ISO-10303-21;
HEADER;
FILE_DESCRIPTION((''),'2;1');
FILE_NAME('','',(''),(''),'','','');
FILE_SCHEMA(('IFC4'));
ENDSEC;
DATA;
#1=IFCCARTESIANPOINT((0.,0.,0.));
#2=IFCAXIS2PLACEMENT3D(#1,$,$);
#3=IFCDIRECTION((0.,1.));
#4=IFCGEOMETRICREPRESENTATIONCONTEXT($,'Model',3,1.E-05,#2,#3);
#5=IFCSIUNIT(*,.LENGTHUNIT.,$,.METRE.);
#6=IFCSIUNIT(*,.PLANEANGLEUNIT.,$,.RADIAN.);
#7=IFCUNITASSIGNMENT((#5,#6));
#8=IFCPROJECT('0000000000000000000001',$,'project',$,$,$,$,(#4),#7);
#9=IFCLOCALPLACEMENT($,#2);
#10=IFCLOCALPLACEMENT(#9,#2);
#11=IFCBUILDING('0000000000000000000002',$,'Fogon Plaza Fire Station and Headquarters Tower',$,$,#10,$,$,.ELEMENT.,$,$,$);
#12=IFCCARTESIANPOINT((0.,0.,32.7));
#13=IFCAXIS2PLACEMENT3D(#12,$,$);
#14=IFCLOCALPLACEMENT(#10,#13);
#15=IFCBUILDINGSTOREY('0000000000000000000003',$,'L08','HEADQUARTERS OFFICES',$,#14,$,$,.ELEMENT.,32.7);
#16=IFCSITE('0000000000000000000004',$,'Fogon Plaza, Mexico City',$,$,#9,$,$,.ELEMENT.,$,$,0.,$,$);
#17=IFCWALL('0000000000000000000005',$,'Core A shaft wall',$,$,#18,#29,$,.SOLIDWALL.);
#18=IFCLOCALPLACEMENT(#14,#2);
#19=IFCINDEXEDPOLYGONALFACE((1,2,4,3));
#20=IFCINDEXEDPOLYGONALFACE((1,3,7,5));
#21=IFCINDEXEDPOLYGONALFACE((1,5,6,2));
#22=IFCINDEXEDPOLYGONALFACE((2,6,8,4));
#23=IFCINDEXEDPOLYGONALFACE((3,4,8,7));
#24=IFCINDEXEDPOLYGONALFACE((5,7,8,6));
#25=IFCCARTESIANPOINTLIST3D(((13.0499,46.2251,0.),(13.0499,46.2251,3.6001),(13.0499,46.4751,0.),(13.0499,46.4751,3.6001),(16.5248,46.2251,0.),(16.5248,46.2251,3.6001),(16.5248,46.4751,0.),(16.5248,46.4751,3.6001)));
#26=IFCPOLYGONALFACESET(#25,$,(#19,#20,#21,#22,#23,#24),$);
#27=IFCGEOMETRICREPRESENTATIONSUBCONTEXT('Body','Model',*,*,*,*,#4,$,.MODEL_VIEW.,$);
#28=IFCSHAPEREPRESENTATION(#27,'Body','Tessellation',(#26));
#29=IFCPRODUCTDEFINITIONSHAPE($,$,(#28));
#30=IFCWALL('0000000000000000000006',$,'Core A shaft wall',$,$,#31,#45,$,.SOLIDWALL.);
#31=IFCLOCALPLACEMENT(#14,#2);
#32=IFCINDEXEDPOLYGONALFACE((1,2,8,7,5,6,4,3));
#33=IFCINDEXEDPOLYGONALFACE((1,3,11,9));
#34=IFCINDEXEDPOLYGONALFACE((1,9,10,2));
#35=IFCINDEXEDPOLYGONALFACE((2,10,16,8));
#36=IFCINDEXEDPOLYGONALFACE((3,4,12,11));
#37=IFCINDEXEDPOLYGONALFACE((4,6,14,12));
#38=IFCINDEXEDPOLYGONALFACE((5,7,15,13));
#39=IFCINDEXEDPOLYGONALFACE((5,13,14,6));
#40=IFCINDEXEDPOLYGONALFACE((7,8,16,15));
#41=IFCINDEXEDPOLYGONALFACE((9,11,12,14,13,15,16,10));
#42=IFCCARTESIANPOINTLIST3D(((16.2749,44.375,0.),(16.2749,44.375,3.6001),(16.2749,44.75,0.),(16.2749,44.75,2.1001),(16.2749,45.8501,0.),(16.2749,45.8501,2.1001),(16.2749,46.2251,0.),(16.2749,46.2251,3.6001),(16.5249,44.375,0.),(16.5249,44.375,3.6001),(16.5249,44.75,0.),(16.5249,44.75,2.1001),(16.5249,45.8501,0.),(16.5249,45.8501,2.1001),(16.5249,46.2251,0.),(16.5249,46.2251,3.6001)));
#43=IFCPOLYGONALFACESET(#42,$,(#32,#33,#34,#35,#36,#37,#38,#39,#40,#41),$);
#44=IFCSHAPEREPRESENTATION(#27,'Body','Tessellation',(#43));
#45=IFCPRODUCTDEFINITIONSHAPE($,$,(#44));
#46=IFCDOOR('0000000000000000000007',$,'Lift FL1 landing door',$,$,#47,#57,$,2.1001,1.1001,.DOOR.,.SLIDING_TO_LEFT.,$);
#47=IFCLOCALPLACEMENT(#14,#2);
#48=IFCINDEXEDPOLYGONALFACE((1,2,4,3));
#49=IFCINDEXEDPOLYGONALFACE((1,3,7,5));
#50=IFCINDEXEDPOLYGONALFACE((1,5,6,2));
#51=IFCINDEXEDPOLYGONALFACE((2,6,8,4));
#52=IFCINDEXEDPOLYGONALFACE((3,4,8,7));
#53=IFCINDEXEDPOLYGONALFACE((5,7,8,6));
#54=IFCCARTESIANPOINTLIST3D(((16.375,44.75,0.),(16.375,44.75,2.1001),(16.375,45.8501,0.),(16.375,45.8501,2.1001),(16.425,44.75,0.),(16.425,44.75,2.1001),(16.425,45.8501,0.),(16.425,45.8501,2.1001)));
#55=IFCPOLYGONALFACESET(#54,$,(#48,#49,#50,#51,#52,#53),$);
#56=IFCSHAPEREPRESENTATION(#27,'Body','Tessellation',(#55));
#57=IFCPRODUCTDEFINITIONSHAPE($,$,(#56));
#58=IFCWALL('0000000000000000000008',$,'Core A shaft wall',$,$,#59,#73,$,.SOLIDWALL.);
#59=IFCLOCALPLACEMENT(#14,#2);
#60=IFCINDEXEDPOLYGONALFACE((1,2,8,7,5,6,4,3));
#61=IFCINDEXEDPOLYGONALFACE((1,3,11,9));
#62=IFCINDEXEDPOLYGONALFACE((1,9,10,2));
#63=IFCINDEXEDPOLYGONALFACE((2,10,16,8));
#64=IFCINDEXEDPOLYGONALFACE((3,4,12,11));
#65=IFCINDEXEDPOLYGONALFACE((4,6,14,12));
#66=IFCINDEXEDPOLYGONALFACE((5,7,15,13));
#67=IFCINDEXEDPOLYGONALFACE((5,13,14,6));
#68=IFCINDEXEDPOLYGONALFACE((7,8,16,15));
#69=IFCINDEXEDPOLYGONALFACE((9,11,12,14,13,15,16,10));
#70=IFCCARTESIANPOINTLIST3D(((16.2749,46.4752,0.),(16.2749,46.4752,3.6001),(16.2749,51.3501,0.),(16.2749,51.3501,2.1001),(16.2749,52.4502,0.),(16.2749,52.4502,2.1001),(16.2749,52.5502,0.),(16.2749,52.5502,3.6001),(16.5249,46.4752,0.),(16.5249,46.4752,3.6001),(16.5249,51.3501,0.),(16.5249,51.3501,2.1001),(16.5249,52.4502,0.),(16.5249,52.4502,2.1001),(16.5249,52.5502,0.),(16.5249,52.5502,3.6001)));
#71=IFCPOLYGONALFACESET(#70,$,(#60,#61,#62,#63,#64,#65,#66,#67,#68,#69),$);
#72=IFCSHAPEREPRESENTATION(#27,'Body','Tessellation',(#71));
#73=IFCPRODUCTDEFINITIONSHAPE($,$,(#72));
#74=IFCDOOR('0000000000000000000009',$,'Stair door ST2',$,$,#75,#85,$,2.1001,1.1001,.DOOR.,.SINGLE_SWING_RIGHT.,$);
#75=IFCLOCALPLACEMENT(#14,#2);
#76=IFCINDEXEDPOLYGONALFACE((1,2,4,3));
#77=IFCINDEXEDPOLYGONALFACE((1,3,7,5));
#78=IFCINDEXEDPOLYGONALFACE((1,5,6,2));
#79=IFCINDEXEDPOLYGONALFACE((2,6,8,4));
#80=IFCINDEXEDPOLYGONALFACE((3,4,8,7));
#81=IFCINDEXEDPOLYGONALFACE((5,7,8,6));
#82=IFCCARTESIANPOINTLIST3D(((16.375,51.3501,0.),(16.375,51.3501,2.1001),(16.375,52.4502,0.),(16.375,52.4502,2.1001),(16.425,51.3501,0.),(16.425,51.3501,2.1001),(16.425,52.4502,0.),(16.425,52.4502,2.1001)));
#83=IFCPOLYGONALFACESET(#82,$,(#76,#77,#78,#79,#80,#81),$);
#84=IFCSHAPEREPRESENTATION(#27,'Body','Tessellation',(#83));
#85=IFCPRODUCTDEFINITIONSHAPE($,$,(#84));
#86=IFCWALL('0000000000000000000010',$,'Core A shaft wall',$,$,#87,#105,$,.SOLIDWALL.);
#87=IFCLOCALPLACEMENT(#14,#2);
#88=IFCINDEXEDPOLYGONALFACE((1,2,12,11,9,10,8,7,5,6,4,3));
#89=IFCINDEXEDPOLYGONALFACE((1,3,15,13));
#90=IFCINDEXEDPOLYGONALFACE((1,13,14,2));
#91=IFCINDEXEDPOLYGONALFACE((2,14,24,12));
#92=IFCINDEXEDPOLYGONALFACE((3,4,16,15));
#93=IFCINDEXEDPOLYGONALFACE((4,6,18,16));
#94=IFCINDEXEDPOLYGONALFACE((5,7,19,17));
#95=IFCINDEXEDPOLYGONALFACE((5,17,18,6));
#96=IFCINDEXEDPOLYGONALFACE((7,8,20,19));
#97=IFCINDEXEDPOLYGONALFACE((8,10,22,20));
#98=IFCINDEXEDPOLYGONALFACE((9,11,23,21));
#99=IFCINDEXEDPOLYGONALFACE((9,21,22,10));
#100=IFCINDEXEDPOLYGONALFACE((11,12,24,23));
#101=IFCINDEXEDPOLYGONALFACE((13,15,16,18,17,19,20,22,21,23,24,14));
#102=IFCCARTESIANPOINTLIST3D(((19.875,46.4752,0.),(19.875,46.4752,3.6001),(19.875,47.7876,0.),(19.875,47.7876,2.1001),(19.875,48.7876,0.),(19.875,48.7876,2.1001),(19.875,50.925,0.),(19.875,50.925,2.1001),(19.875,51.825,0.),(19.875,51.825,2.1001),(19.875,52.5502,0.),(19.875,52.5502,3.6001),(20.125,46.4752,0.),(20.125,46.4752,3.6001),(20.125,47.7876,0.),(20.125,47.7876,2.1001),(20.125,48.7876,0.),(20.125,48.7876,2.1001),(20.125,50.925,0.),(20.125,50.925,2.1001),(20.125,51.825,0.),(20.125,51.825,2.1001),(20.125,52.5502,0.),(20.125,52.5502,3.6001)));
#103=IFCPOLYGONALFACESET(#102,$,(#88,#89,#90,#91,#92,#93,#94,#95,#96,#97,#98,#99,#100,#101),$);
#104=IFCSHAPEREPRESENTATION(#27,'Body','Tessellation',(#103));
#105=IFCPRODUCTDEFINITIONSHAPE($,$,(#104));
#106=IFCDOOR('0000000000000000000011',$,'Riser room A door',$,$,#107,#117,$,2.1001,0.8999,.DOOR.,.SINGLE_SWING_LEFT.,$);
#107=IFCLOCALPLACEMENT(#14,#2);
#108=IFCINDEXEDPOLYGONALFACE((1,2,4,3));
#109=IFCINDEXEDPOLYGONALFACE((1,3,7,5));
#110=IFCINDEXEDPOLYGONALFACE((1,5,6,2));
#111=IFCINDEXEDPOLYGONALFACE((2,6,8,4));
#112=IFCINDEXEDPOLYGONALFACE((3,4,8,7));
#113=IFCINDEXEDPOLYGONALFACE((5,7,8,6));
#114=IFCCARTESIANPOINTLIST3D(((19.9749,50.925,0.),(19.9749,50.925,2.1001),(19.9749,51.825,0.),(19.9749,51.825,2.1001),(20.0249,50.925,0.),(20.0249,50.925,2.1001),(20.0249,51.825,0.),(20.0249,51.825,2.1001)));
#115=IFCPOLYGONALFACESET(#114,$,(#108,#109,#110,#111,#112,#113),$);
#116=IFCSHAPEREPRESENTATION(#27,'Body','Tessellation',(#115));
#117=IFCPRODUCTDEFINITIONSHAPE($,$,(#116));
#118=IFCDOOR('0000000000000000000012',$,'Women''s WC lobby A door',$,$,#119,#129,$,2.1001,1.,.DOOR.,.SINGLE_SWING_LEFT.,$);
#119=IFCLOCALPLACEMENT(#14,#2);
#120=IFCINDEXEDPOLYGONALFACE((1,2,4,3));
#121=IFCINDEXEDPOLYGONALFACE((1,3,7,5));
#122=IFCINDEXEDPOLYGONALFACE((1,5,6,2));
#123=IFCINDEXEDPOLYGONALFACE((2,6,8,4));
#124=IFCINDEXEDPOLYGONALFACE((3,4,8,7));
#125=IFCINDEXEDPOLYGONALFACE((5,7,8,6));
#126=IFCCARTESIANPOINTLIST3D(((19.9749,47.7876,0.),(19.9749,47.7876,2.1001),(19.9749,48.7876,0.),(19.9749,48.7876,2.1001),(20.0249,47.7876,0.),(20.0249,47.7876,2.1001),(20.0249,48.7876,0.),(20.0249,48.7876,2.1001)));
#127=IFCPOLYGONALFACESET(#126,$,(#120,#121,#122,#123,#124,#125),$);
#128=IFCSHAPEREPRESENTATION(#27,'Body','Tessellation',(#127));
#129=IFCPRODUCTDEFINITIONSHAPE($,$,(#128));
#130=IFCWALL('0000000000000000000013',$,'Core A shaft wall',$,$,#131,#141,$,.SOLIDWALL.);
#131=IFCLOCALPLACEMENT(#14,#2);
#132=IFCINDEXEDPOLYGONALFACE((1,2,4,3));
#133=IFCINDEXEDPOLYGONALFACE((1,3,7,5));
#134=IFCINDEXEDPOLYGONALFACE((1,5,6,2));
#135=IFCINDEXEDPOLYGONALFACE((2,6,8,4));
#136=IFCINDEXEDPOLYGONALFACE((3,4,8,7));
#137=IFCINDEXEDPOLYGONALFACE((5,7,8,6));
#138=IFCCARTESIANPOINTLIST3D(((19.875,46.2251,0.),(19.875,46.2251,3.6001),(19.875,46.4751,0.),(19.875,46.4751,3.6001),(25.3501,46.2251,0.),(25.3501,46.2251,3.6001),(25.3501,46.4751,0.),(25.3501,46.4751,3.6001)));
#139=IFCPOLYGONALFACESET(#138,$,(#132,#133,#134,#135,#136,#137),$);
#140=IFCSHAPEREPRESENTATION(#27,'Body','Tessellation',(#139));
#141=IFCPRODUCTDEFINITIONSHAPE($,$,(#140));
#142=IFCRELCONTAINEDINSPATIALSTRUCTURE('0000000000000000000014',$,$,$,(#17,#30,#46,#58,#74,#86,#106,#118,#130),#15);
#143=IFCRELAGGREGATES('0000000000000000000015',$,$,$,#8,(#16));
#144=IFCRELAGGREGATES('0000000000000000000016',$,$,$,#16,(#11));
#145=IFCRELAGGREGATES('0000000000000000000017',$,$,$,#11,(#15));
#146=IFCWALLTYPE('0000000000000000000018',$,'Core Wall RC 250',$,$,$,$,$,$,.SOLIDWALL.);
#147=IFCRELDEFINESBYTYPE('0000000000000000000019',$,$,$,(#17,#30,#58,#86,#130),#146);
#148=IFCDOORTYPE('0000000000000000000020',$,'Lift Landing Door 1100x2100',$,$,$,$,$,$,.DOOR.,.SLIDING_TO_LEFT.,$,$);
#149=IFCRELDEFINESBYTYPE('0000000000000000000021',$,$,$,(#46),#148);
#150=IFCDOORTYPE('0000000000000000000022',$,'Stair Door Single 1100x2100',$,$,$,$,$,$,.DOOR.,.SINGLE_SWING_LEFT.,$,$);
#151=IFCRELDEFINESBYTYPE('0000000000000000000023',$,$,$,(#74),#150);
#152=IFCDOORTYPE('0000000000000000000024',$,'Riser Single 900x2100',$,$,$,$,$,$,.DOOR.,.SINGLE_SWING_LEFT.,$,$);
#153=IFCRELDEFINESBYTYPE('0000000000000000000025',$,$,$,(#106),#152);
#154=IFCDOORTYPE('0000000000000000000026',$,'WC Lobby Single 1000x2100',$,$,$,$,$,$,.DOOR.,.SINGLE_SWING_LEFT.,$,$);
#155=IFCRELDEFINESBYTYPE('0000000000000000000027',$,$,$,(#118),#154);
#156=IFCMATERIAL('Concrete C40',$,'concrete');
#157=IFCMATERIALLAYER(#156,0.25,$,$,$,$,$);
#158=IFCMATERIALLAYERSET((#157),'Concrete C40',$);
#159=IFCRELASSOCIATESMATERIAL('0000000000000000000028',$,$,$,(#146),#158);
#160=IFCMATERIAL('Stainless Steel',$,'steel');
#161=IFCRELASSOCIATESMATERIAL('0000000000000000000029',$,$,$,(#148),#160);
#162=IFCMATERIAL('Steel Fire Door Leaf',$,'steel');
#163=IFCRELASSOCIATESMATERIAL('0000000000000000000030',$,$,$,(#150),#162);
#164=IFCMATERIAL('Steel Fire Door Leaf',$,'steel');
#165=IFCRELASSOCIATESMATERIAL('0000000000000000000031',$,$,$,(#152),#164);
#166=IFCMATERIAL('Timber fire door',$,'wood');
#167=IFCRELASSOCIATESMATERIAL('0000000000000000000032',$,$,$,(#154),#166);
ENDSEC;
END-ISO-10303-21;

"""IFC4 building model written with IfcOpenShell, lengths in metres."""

from ifc_helpers import new_model, si_unit, direction, frame, frame_2d, origin, place, context, subcontext, project, spatial, rectangle, extrude, material, layer, layer_set, type_object, element, fill, save


model = new_model("IFC4")

# Units and contexts
model_context = context("Model", 3, precision=1e-05, world=origin(), true_north=direction((0.0, 1.0)))
body_context = subcontext(model_context, "Body", "Model", "MODEL_VIEW")
ifc_project = project(units=[si_unit("LENGTHUNIT", "METRE"), si_unit("PLANEANGLEUNIT", "RADIAN")], contexts=[model_context])

# Site, building, storey
site_placement = place(None, origin())
site = spatial("IfcSite", under=ifc_project, at=site_placement, Name="Fogon Plaza, Mexico City", CompositionType="ELEMENT", RefElevation=0.0)
building_placement = place(site_placement, origin())
building = spatial("IfcBuilding", under=site, at=building_placement, Name="Fogon Plaza Fire Station and Headquarters Tower", CompositionType="ELEMENT")
storey_placement = place(building_placement, frame((0.0, 0.0, 32.7)))
storey = spatial("IfcBuildingStorey", under=building, at=storey_placement, Name="L08", Description="HEADQUARTERS OFFICES", CompositionType="ELEMENT", Elevation=32.7)

# Wall
ifc_material_1 = material(Name="Concrete C40", Category="concrete")
ifc_layer_1 = layer(ifc_material_1, 0.25)
ifc_layer_set_1 = layer_set([ifc_layer_1], Name="Concrete C40")
wall_type_1 = type_object("IfcWallType", Name="Core Wall RC 250", PredefinedType="SOLIDWALL", material=ifc_layer_set_1)
wall_1_placement = place(storey_placement, frame((13.05, 46.3501, 0.0), z_axis=(0.0, 0.0, 1.0), x_axis=(1.0, 0.0, 0.0)))
element("IfcWall", 1, at=wall_1_placement, inside=storey, type_object=wall_type_1, Name="Core A shaft wall", PredefinedType="SOLIDWALL", context=body_context, shape_type="SweptSolid", body=[
    extrude(rectangle(XDim=3.4749, YDim=0.25, at=frame_2d((1.7373, 0.0))), origin(), (0.0, 0.0, 1.0), 3.6001),
])

# Walls, openings, doors
wall_2_placement = place(storey_placement, frame((16.3999, 44.375, 0.0), z_axis=(0.0, 0.0, 1.0), x_axis=(0.0, 1.0, 0.0)))
wall_2 = element("IfcWall", 2, at=wall_2_placement, inside=storey, type_object=wall_type_1, Name="Core A shaft wall", PredefinedType="SOLIDWALL", context=body_context, shape_type="SweptSolid", body=[
    extrude(rectangle(XDim=1.8501, YDim=0.25, at=frame_2d((0.925, 0.0))), origin(), (0.0, 0.0, 1.0), 3.6001),
])
opening_1_placement = place(wall_2_placement, frame((0.375, 0.0, 0.0)))
opening_1 = element("IfcOpeningElement", 3, at=opening_1_placement, cuts=wall_2, PredefinedType="OPENING", context=body_context, shape_type="SweptSolid", body=[
    extrude(rectangle(XDim=1.1001, YDim=2.1001, at=frame_2d((0.55, 1.05))), frame((0.0, 0.135, 0.0), z_axis=(0.0, -1.0, 0.0), x_axis=(1.0, 0.0, 0.0)), (0.0, 0.0, 1.0), 0.27),
])
ifc_material_2 = material(Name="Stainless Steel", Category="steel")
door_type_1 = type_object("IfcDoorType", Name="Lift Landing Door 1100x2100", OperationType="SLIDING_TO_LEFT", PredefinedType="DOOR", material=ifc_material_2)
door_1_placement = place(opening_1_placement, origin())
door_1 = element("IfcDoor", 4, at=door_1_placement, inside=storey, type_object=door_type_1, Name="Lift FL1 landing door", OperationType="SLIDING_TO_LEFT", OverallHeight=2.1001, OverallWidth=1.1001, PredefinedType="DOOR", context=body_context, shape_type="SweptSolid", body=[
    extrude(rectangle(XDim=1.1001, YDim=2.1001, at=frame_2d((0.55, 1.05))), frame((0.0, 0.0249, 0.0), z_axis=(0.0, -1.0, 0.0), x_axis=(1.0, 0.0, 0.0)), (0.0, 0.0, 1.0), 0.05),
])
fill(opening_1, door_1)
wall_3_placement = place(storey_placement, frame((16.3999, 46.4751, 0.0), z_axis=(0.0, 0.0, 1.0), x_axis=(0.0, 1.0, 0.0)))
wall_3 = element("IfcWall", 5, at=wall_3_placement, inside=storey, type_object=wall_type_1, Name="Core A shaft wall", PredefinedType="SOLIDWALL", context=body_context, shape_type="SweptSolid", body=[
    extrude(rectangle(XDim=6.075, YDim=0.25, at=frame_2d((3.0376, 0.0))), origin(), (0.0, 0.0, 1.0), 3.6001),
])
opening_2_placement = place(wall_3_placement, frame((4.875, 0.0, 0.0)))
opening_2 = element("IfcOpeningElement", 6, at=opening_2_placement, cuts=wall_3, PredefinedType="OPENING", context=body_context, shape_type="SweptSolid", body=[
    extrude(rectangle(XDim=1.1001, YDim=2.1001, at=frame_2d((0.55, 1.05))), frame((0.0, 0.135, 0.0), z_axis=(0.0, -1.0, 0.0), x_axis=(1.0, 0.0, 0.0)), (0.0, 0.0, 1.0), 0.27),
])
ifc_material_3 = material(Name="Steel Fire Door Leaf", Category="steel")
door_type_2 = type_object("IfcDoorType", Name="Stair Door Single 1100x2100", OperationType="SINGLE_SWING_LEFT", PredefinedType="DOOR", material=ifc_material_3)
door_2_placement = place(opening_2_placement, origin())
door_2 = element("IfcDoor", 7, at=door_2_placement, inside=storey, type_object=door_type_2, Name="Stair door ST2", OperationType="SINGLE_SWING_RIGHT", OverallHeight=2.1001, OverallWidth=1.1001, PredefinedType="DOOR", context=body_context, shape_type="SweptSolid", body=[
    extrude(rectangle(XDim=1.1001, YDim=2.1001, at=frame_2d((0.55, 1.05))), frame((0.0, 0.0249, 0.0), z_axis=(0.0, -1.0, 0.0), x_axis=(1.0, 0.0, 0.0)), (0.0, 0.0, 1.0), 0.05),
])
fill(opening_2, door_2)

# Wall, openings, doors
wall_4_placement = place(storey_placement, frame((20.0, 46.4751, 0.0), z_axis=(0.0, 0.0, 1.0), x_axis=(0.0, 1.0, 0.0)))
wall_4 = element("IfcWall", 8, at=wall_4_placement, inside=storey, type_object=wall_type_1, Name="Core A shaft wall", PredefinedType="SOLIDWALL", context=body_context, shape_type="SweptSolid", body=[
    extrude(rectangle(XDim=6.075, YDim=0.25, at=frame_2d((3.0376, 0.0))), origin(), (0.0, 0.0, 1.0), 3.6001),
])
opening_3_placement = place(wall_4_placement, frame((1.3125, 0.0, 0.0)))
opening_3 = element("IfcOpeningElement", 9, at=opening_3_placement, cuts=wall_4, PredefinedType="OPENING", context=body_context, shape_type="SweptSolid", body=[
    extrude(rectangle(XDim=1.0, YDim=2.1001, at=frame_2d((0.5, 1.05))), frame((0.0, 0.135, 0.0), z_axis=(0.0, -1.0, 0.0), x_axis=(1.0, 0.0, 0.0)), (0.0, 0.0, 1.0), 0.27),
])
opening_4_placement = place(wall_4_placement, frame((4.45, 0.0, 0.0)))
opening_4 = element("IfcOpeningElement", 10, at=opening_4_placement, cuts=wall_4, PredefinedType="OPENING", context=body_context, shape_type="SweptSolid", body=[
    extrude(rectangle(XDim=0.8999, YDim=2.1001, at=frame_2d((0.45, 1.05))), frame((0.0, 0.135, 0.0), z_axis=(0.0, -1.0, 0.0), x_axis=(1.0, 0.0, 0.0)), (0.0, 0.0, 1.0), 0.27),
])
ifc_material_4 = material(Name="Steel Fire Door Leaf", Category="steel")
door_type_3 = type_object("IfcDoorType", Name="Riser Single 900x2100", OperationType="SINGLE_SWING_LEFT", PredefinedType="DOOR", material=ifc_material_4)
door_3_placement = place(opening_4_placement, frame((0.8999, 0.0, 0.0), z_axis=(0.0, 0.0, 1.0), x_axis=(-1.0, 0.0, 0.0)))
door_3 = element("IfcDoor", 11, at=door_3_placement, inside=storey, type_object=door_type_3, Name="Riser room A door", OperationType="SINGLE_SWING_LEFT", OverallHeight=2.1001, OverallWidth=0.8999, PredefinedType="DOOR", context=body_context, shape_type="SweptSolid", body=[
    extrude(rectangle(XDim=0.8999, YDim=2.1001, at=frame_2d((0.45, 1.05))), frame((0.0, 0.0249, 0.0), z_axis=(0.0, -1.0, 0.0), x_axis=(1.0, 0.0, 0.0)), (0.0, 0.0, 1.0), 0.05),
])
fill(opening_4, door_3)
ifc_material_5 = material(Name="Timber fire door", Category="wood")
door_type_4 = type_object("IfcDoorType", Name="WC Lobby Single 1000x2100", OperationType="SINGLE_SWING_LEFT", PredefinedType="DOOR", material=ifc_material_5)
door_4_placement = place(opening_3_placement, frame((1.0, 0.0, 0.0), z_axis=(0.0, 0.0, 1.0), x_axis=(-1.0, 0.0, 0.0)))
door_4 = element("IfcDoor", 12, at=door_4_placement, inside=storey, type_object=door_type_4, Name="Women's WC lobby A door", OperationType="SINGLE_SWING_LEFT", OverallHeight=2.1001, OverallWidth=1.0, PredefinedType="DOOR", context=body_context, shape_type="SweptSolid", body=[
    extrude(rectangle(XDim=1.0, YDim=2.1001, at=frame_2d((0.5, 1.05))), frame((0.0, 0.0249, 0.0), z_axis=(0.0, -1.0, 0.0), x_axis=(1.0, 0.0, 0.0)), (0.0, 0.0, 1.0), 0.05),
])
fill(opening_3, door_4)

# Wall
wall_5_placement = place(storey_placement, frame((19.875, 46.3501, 0.0), z_axis=(0.0, 0.0, 1.0), x_axis=(1.0, 0.0, 0.0)))
element("IfcWall", 13, at=wall_5_placement, inside=storey, type_object=wall_type_1, Name="Core A shaft wall", PredefinedType="SOLIDWALL", context=body_context, shape_type="SweptSolid", body=[
    extrude(rectangle(XDim=5.4751, YDim=0.25, at=frame_2d((2.7375, 0.0))), origin(), (0.0, 0.0, 1.0), 3.6001),
])

save(model, "model.ifc")
